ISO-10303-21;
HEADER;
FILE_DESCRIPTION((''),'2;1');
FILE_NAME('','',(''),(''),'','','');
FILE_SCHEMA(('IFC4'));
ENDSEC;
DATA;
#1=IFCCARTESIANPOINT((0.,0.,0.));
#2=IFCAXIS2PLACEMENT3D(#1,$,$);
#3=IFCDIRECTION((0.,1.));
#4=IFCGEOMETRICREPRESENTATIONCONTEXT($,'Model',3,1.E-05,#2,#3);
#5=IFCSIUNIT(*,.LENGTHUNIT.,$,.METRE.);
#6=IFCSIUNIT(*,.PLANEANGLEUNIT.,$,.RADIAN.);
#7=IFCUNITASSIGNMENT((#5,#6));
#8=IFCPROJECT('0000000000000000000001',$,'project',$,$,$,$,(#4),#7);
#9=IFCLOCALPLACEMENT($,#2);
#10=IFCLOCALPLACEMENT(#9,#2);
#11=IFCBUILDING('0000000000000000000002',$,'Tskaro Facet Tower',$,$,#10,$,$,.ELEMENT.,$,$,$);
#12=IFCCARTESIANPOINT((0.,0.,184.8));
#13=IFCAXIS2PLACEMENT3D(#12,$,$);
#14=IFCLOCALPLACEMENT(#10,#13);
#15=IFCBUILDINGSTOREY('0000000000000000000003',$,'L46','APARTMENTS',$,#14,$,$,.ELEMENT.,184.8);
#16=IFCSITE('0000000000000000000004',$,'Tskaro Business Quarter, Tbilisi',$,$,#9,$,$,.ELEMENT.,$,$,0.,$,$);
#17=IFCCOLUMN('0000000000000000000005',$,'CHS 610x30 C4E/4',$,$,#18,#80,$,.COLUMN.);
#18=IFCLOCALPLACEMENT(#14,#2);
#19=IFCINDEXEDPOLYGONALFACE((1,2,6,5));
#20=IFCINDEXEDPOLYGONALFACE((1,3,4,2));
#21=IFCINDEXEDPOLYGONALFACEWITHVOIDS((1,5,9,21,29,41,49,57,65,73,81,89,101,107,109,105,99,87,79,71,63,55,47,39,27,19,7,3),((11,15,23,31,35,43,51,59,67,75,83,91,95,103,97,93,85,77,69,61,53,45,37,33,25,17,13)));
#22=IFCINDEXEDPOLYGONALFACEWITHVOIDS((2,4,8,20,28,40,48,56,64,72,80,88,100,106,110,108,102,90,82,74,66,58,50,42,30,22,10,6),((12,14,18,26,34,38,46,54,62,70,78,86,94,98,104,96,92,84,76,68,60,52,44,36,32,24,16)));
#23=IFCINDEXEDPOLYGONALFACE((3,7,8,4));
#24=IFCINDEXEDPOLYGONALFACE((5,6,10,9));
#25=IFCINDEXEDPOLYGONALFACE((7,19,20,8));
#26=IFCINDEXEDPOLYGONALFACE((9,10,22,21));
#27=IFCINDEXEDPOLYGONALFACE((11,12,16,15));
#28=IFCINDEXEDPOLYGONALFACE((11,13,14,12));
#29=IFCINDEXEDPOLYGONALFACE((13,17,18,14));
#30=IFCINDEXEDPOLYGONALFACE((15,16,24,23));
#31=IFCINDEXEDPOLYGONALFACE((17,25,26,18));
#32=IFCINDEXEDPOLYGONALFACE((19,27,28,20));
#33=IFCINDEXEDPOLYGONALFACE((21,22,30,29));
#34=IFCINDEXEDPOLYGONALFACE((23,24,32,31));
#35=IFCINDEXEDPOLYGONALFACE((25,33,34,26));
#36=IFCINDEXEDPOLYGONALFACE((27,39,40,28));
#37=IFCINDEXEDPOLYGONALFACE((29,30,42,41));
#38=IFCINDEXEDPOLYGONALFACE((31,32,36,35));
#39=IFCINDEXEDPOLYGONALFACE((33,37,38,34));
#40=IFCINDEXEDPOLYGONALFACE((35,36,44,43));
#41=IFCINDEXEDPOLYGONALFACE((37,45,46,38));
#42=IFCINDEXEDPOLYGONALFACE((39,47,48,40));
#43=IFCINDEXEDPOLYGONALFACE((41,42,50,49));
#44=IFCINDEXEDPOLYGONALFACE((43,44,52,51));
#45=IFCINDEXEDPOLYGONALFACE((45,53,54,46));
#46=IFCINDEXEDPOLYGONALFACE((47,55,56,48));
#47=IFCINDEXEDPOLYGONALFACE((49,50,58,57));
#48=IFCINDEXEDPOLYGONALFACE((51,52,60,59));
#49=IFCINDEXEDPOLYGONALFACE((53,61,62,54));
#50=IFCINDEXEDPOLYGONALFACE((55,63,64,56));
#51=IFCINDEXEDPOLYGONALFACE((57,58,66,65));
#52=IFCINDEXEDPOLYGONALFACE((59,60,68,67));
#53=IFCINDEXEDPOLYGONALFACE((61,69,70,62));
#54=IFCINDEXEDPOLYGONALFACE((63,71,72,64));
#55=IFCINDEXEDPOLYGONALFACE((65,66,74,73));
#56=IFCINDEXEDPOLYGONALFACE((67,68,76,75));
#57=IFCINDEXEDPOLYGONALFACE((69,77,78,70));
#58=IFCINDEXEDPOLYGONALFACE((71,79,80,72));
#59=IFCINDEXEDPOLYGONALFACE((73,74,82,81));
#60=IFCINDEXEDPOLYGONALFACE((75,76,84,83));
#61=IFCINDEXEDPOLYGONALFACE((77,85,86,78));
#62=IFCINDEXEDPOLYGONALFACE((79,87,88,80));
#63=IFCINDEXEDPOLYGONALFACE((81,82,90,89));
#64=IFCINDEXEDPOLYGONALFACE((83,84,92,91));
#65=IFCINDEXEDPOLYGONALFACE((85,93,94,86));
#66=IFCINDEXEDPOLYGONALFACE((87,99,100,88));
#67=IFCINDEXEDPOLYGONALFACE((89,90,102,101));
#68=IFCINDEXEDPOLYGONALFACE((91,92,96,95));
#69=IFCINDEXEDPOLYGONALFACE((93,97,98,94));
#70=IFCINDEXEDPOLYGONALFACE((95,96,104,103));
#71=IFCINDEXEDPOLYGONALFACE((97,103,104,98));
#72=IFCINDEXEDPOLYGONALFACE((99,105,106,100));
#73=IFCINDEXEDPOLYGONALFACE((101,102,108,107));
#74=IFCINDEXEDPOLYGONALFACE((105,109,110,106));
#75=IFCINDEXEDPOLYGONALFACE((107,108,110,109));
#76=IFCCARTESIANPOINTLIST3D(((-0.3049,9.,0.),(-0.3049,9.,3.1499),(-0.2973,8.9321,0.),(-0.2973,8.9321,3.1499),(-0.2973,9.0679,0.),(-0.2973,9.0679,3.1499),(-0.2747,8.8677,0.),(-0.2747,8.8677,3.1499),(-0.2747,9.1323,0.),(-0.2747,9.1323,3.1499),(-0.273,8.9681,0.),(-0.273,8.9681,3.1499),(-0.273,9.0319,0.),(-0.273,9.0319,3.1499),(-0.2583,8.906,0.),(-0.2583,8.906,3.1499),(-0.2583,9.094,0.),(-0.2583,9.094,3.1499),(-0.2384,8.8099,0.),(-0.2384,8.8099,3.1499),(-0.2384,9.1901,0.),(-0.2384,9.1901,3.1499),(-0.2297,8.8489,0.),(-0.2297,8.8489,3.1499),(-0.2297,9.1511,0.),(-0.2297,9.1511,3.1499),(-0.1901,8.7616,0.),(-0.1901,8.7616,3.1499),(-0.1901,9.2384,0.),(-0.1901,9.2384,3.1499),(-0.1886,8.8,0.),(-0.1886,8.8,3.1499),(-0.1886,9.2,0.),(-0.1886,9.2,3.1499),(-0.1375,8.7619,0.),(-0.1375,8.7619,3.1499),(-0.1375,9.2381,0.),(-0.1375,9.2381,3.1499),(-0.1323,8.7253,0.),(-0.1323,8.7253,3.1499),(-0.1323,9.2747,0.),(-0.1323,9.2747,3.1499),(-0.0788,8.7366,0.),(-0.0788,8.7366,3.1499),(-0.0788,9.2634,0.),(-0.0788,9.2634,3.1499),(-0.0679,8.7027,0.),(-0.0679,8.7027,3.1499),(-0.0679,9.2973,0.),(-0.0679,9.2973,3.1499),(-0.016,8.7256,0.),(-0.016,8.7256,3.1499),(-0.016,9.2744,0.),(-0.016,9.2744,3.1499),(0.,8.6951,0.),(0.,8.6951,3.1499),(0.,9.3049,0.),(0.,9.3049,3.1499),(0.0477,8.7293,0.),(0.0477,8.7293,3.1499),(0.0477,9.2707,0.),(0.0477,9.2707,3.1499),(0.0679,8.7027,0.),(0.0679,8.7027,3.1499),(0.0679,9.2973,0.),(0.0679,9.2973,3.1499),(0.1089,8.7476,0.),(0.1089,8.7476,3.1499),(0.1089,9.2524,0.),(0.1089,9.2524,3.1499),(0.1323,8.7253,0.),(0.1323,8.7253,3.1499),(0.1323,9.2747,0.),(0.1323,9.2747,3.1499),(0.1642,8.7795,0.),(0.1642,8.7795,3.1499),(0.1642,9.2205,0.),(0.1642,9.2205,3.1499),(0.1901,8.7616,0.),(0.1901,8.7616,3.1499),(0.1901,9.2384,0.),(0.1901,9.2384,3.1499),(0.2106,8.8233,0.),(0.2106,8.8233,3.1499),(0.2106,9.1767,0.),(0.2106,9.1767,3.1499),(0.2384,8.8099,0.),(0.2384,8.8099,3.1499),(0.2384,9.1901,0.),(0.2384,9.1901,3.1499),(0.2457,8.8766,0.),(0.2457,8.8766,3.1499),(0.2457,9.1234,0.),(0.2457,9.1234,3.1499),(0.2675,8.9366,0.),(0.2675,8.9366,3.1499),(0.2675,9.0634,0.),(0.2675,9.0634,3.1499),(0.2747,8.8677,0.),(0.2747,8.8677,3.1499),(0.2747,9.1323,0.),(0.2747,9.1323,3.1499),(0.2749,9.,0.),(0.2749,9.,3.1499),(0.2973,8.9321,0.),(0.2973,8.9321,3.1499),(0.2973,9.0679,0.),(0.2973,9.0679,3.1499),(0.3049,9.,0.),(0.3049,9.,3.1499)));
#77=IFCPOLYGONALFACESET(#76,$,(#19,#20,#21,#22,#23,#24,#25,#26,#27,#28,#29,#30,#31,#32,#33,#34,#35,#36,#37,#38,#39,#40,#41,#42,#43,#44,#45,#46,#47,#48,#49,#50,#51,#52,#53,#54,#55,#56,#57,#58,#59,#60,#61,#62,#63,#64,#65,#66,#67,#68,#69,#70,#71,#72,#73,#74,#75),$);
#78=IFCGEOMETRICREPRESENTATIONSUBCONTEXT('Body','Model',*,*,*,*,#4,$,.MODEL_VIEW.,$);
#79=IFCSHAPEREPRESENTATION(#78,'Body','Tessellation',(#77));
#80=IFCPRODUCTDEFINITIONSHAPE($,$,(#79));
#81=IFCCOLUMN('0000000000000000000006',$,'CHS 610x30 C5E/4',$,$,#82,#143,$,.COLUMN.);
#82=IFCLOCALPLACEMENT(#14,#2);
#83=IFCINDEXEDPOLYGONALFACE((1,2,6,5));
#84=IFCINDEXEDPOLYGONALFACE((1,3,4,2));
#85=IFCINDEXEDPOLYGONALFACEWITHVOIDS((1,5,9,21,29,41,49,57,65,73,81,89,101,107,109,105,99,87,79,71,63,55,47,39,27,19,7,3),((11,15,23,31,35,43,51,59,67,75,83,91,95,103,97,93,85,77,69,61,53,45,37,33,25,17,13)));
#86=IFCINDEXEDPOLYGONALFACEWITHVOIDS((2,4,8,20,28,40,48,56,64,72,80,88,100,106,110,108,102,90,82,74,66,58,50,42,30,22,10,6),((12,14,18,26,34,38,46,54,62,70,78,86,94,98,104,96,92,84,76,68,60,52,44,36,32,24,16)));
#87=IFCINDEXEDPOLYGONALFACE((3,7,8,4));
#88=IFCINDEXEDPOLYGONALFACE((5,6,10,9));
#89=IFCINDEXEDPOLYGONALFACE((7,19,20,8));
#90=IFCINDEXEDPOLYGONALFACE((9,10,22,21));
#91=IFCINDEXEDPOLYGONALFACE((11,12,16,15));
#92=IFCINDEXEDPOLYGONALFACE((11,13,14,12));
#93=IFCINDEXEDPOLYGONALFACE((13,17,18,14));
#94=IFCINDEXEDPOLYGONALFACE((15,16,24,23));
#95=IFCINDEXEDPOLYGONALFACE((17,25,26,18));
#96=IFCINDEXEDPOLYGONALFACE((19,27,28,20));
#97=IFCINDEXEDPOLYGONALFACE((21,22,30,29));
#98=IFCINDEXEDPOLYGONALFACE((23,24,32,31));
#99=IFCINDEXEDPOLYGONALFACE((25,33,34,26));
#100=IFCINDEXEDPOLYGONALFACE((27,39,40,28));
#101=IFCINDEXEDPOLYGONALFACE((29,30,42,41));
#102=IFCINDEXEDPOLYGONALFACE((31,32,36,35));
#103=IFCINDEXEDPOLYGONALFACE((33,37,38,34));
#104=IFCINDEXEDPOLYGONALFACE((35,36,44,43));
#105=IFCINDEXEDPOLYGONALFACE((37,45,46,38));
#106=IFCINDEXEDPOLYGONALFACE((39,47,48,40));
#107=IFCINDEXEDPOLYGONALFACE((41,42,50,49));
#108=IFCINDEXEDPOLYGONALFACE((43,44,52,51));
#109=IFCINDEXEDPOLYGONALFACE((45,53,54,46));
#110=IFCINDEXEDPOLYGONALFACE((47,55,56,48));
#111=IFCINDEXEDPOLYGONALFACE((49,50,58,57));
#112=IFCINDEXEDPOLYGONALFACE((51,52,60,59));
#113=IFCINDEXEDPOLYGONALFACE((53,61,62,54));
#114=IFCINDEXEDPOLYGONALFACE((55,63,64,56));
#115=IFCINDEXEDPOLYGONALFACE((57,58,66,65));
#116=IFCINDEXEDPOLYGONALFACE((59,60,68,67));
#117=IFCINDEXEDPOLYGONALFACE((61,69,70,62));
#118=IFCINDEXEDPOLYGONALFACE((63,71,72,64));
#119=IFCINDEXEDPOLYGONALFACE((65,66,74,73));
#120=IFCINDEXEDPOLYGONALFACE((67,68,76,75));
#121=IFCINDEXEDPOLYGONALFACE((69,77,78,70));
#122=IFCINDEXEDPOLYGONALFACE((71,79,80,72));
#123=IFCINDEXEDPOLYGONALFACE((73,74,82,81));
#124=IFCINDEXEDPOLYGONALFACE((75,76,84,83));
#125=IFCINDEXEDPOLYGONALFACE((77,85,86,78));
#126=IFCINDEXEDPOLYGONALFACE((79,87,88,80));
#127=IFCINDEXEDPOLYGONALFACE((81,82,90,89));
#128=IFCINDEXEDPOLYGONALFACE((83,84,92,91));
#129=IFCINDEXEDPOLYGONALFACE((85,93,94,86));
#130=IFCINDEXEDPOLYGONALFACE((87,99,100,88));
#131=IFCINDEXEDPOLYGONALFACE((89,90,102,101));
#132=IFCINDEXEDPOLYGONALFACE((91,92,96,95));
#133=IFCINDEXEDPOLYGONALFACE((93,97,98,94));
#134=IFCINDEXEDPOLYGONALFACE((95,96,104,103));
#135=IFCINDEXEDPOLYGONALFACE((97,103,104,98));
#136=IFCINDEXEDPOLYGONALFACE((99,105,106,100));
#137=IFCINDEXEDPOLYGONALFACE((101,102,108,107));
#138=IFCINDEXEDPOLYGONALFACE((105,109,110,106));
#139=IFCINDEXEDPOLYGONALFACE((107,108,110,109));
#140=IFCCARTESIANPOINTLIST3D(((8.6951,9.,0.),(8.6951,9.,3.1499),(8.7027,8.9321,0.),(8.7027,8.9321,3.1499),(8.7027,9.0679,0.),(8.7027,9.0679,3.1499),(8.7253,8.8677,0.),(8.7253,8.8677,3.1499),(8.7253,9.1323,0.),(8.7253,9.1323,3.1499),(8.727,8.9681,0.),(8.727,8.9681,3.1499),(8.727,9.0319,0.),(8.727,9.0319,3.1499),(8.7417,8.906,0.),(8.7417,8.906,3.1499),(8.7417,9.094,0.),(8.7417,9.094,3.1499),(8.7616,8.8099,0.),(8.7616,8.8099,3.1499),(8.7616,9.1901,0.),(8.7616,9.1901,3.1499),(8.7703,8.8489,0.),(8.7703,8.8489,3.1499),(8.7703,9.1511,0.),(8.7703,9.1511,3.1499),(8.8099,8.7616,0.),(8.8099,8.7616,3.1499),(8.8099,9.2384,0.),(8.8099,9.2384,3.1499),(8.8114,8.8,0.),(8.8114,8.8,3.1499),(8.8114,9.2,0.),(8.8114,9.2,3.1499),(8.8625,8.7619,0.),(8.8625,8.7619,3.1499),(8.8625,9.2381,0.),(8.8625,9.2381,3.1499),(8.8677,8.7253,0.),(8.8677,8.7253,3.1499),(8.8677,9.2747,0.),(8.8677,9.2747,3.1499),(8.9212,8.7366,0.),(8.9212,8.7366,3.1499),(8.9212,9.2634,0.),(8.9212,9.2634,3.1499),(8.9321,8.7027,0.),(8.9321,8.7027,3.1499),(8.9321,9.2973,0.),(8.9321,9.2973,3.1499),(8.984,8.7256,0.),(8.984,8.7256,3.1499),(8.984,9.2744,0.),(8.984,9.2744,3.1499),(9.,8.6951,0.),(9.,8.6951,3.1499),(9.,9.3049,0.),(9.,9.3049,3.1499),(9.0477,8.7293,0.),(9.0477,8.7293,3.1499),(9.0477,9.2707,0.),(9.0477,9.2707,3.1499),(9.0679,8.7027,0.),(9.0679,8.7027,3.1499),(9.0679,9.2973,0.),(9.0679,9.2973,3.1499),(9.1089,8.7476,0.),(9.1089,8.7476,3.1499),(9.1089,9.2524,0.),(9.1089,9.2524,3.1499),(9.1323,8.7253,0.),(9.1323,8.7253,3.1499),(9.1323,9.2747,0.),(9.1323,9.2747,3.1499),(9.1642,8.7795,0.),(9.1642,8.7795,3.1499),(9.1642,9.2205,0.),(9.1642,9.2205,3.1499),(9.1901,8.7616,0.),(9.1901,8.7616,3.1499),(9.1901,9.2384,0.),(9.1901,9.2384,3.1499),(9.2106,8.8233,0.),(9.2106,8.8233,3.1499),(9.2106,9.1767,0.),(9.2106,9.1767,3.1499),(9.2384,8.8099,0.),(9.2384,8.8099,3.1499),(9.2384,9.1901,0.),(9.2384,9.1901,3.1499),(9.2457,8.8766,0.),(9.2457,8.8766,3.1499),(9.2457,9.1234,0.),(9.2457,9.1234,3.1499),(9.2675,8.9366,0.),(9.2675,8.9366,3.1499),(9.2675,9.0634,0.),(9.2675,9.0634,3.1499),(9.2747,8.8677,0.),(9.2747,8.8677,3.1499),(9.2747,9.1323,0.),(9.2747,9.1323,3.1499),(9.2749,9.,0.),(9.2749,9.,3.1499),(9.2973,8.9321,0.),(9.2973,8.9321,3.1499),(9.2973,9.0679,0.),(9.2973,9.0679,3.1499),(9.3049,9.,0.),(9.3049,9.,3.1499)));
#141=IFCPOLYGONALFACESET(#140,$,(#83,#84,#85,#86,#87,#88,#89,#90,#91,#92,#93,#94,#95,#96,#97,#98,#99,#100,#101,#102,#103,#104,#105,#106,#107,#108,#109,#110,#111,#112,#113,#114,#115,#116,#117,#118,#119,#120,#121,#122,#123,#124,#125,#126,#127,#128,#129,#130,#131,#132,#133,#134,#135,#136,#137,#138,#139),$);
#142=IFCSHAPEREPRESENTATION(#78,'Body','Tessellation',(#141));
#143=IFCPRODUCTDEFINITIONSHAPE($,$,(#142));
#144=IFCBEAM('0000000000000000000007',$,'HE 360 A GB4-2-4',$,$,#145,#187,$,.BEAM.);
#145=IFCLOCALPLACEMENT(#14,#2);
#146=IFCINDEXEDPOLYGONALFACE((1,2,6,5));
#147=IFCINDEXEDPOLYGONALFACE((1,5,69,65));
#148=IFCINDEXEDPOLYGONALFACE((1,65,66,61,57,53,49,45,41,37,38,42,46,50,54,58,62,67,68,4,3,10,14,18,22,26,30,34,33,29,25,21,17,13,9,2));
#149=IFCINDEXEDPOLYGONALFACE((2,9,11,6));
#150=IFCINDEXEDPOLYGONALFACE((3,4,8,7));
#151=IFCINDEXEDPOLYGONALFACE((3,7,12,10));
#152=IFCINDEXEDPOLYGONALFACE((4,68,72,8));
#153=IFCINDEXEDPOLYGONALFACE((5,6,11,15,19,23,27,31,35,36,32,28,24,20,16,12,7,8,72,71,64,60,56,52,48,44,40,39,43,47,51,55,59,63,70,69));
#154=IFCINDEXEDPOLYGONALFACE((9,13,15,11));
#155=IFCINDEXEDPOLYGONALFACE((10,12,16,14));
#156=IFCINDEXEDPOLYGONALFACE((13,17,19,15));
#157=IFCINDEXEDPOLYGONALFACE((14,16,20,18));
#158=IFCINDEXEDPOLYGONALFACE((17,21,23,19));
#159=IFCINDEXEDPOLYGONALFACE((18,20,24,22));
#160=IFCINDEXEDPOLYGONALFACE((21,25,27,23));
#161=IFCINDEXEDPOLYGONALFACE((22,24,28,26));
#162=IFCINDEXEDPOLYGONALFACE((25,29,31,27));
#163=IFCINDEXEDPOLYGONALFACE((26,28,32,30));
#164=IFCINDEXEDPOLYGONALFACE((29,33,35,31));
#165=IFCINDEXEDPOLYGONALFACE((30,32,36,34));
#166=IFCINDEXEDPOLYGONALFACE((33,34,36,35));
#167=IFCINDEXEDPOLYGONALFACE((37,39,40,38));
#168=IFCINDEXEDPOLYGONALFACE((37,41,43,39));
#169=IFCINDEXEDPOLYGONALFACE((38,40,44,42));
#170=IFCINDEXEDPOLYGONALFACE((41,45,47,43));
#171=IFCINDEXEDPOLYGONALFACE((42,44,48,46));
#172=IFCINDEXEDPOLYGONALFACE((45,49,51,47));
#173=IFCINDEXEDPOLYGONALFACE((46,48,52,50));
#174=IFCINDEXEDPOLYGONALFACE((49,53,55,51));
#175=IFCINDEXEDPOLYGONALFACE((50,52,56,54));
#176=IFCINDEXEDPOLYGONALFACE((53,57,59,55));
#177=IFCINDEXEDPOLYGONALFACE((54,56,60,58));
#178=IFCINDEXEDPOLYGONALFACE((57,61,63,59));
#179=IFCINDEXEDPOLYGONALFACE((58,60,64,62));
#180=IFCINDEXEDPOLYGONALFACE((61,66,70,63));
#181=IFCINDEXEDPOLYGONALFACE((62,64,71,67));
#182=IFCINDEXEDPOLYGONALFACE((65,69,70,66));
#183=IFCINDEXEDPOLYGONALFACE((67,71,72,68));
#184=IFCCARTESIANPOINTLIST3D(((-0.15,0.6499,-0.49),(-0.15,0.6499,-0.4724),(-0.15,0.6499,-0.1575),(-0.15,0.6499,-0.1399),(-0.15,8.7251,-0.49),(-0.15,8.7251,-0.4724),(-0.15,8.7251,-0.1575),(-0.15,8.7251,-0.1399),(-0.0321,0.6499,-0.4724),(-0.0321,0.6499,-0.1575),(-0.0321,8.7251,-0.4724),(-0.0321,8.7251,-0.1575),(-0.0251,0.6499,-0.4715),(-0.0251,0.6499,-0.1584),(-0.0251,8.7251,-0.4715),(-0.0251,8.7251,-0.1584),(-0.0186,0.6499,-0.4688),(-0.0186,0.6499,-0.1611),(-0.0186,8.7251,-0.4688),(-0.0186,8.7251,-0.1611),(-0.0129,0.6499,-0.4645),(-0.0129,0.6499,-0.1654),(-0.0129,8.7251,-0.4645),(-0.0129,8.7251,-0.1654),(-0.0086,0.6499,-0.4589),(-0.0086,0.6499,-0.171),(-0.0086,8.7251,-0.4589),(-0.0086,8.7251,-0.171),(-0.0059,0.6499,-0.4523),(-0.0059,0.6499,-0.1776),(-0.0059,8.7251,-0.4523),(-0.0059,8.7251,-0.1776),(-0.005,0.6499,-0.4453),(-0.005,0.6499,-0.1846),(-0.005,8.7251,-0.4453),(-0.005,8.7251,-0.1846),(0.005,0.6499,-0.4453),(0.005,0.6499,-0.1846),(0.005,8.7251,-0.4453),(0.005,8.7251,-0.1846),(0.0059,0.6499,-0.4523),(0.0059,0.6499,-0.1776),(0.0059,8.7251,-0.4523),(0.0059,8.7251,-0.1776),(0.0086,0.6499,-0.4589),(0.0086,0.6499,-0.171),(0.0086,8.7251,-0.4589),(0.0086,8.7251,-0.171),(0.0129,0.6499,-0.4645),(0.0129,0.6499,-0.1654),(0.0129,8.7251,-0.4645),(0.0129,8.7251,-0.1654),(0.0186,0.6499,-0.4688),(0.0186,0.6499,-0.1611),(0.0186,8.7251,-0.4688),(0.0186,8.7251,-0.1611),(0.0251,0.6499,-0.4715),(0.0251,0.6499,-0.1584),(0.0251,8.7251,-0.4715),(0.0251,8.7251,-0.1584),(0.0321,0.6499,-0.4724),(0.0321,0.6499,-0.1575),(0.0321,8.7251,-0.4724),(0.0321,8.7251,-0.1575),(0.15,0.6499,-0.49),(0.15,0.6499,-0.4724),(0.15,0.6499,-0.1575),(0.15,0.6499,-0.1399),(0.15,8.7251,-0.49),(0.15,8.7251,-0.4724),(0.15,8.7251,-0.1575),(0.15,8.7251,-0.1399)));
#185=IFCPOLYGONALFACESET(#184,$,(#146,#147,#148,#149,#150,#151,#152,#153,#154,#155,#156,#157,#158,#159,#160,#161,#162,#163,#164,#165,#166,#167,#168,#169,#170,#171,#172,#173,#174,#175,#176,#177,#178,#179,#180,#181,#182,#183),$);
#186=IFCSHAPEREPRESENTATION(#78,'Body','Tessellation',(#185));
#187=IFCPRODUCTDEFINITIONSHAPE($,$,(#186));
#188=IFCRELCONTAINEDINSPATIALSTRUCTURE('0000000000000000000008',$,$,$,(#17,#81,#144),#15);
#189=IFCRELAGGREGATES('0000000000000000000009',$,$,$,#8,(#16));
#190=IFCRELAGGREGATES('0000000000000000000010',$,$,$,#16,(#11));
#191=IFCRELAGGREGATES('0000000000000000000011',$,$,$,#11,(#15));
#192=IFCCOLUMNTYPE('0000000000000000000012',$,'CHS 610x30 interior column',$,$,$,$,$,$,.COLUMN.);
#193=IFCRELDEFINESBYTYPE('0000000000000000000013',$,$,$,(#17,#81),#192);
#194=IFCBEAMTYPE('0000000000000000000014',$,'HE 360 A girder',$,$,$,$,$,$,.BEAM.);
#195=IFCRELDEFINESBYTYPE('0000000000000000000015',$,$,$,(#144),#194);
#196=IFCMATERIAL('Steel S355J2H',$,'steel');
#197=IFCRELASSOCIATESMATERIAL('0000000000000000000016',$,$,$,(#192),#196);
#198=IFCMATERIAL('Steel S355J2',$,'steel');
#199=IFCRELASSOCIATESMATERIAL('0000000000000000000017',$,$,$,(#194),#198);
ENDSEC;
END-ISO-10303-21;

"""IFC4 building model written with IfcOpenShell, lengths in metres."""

from ifc_helpers import new_model, si_unit, direction, frame, origin, origin_2d, place, context, subcontext, project, spatial, hollow_circle, i_section, extrude, material, material_profile, profile_set, type_object, element, save


model = new_model("IFC4")

# Units and contexts
model_context = context("Model", 3, precision=1e-05, world=origin(), true_north=direction((0.0, 1.0)))
body_context = subcontext(model_context, "Body", "Model", "MODEL_VIEW")
ifc_project = project(units=[si_unit("LENGTHUNIT", "METRE"), si_unit("PLANEANGLEUNIT", "RADIAN")], contexts=[model_context])

# Site, building, storey
site_placement = place(None, origin())
site = spatial("IfcSite", under=ifc_project, at=site_placement, Name="Tskaro Business Quarter, Tbilisi", CompositionType="ELEMENT", RefElevation=0.0)
building_placement = place(site_placement, origin())
building = spatial("IfcBuilding", under=site, at=building_placement, Name="Tskaro Facet Tower", CompositionType="ELEMENT")
storey_placement = place(building_placement, frame((0.0, 0.0, 184.8)))
storey = spatial("IfcBuildingStorey", under=building, at=storey_placement, Name="L46", Description="APARTMENTS", CompositionType="ELEMENT", Elevation=184.8)

# Columns
ifc_material_1 = material(Name="Steel S355J2H", Category="steel")
ifc_material_profile_1 = material_profile(ifc_material_1, hollow_circle(Radius=0.3049, WallThickness=0.03, at=origin_2d()), Name="CHS 610x30")
ifc_profile_set_1 = profile_set([ifc_material_profile_1], Name="Steel S355J2H")
column_type = type_object("IfcColumnType", Name="CHS 610x30 interior column", PredefinedType="COLUMN", material=ifc_profile_set_1)
for number, where, z_axis, x_axis, name in (
    (1, (0.0, 9.0, 0.0), (0.0, 0.0, 1.0), (1.0, 0.0, 0.0), "CHS 610x30 C4E/4"),
    (2, (9.0, 9.0, 0.0), (0.0, 0.0, 1.0), (1.0, 0.0, 0.0), "CHS 610x30 C5E/4"),
):
    element("IfcColumn", number, at=place(storey_placement, frame(where, z_axis=z_axis, x_axis=x_axis)), inside=storey, type_object=column_type, Name=name, PredefinedType="COLUMN", context=body_context, shape_type="SweptSolid", body=[
        extrude(hollow_circle(Radius=0.3049, WallThickness=0.03, at=origin_2d()), origin(), (0.0, 0.0, 1.0), 3.1499),
    ])

# Beam
ifc_material_2 = material(Name="Steel S355J2", Category="steel")
ifc_material_profile_2 = material_profile(ifc_material_2, i_section(OverallWidth=0.3, OverallDepth=0.3501, WebThickness=0.01, FlangeThickness=0.0176, FilletRadius=0.0271, at=origin_2d()), Name="HE 360 A")
ifc_profile_set_2 = profile_set([ifc_material_profile_2], Name="Steel S355J2")
beam_type_1 = type_object("IfcBeamType", Name="HE 360 A girder", PredefinedType="BEAM", material=ifc_profile_set_2)
beam_1_placement = place(storey_placement, frame((0.0, 0.6499, -0.3149), z_axis=(0.0, 1.0, 0.0), x_axis=(-1.0, 0.0, 0.0)))
element("IfcBeam", 3, at=beam_1_placement, inside=storey, type_object=beam_type_1, Name="HE 360 A GB4-2-4", PredefinedType="BEAM", context=body_context, shape_type="SweptSolid", body=[
    extrude(i_section(OverallWidth=0.3, OverallDepth=0.3501, WebThickness=0.01, FlangeThickness=0.0176, FilletRadius=0.0271, at=origin_2d()), origin(), (0.0, 0.0, 1.0), 8.0752),
])

save(model, "model.ifc")
